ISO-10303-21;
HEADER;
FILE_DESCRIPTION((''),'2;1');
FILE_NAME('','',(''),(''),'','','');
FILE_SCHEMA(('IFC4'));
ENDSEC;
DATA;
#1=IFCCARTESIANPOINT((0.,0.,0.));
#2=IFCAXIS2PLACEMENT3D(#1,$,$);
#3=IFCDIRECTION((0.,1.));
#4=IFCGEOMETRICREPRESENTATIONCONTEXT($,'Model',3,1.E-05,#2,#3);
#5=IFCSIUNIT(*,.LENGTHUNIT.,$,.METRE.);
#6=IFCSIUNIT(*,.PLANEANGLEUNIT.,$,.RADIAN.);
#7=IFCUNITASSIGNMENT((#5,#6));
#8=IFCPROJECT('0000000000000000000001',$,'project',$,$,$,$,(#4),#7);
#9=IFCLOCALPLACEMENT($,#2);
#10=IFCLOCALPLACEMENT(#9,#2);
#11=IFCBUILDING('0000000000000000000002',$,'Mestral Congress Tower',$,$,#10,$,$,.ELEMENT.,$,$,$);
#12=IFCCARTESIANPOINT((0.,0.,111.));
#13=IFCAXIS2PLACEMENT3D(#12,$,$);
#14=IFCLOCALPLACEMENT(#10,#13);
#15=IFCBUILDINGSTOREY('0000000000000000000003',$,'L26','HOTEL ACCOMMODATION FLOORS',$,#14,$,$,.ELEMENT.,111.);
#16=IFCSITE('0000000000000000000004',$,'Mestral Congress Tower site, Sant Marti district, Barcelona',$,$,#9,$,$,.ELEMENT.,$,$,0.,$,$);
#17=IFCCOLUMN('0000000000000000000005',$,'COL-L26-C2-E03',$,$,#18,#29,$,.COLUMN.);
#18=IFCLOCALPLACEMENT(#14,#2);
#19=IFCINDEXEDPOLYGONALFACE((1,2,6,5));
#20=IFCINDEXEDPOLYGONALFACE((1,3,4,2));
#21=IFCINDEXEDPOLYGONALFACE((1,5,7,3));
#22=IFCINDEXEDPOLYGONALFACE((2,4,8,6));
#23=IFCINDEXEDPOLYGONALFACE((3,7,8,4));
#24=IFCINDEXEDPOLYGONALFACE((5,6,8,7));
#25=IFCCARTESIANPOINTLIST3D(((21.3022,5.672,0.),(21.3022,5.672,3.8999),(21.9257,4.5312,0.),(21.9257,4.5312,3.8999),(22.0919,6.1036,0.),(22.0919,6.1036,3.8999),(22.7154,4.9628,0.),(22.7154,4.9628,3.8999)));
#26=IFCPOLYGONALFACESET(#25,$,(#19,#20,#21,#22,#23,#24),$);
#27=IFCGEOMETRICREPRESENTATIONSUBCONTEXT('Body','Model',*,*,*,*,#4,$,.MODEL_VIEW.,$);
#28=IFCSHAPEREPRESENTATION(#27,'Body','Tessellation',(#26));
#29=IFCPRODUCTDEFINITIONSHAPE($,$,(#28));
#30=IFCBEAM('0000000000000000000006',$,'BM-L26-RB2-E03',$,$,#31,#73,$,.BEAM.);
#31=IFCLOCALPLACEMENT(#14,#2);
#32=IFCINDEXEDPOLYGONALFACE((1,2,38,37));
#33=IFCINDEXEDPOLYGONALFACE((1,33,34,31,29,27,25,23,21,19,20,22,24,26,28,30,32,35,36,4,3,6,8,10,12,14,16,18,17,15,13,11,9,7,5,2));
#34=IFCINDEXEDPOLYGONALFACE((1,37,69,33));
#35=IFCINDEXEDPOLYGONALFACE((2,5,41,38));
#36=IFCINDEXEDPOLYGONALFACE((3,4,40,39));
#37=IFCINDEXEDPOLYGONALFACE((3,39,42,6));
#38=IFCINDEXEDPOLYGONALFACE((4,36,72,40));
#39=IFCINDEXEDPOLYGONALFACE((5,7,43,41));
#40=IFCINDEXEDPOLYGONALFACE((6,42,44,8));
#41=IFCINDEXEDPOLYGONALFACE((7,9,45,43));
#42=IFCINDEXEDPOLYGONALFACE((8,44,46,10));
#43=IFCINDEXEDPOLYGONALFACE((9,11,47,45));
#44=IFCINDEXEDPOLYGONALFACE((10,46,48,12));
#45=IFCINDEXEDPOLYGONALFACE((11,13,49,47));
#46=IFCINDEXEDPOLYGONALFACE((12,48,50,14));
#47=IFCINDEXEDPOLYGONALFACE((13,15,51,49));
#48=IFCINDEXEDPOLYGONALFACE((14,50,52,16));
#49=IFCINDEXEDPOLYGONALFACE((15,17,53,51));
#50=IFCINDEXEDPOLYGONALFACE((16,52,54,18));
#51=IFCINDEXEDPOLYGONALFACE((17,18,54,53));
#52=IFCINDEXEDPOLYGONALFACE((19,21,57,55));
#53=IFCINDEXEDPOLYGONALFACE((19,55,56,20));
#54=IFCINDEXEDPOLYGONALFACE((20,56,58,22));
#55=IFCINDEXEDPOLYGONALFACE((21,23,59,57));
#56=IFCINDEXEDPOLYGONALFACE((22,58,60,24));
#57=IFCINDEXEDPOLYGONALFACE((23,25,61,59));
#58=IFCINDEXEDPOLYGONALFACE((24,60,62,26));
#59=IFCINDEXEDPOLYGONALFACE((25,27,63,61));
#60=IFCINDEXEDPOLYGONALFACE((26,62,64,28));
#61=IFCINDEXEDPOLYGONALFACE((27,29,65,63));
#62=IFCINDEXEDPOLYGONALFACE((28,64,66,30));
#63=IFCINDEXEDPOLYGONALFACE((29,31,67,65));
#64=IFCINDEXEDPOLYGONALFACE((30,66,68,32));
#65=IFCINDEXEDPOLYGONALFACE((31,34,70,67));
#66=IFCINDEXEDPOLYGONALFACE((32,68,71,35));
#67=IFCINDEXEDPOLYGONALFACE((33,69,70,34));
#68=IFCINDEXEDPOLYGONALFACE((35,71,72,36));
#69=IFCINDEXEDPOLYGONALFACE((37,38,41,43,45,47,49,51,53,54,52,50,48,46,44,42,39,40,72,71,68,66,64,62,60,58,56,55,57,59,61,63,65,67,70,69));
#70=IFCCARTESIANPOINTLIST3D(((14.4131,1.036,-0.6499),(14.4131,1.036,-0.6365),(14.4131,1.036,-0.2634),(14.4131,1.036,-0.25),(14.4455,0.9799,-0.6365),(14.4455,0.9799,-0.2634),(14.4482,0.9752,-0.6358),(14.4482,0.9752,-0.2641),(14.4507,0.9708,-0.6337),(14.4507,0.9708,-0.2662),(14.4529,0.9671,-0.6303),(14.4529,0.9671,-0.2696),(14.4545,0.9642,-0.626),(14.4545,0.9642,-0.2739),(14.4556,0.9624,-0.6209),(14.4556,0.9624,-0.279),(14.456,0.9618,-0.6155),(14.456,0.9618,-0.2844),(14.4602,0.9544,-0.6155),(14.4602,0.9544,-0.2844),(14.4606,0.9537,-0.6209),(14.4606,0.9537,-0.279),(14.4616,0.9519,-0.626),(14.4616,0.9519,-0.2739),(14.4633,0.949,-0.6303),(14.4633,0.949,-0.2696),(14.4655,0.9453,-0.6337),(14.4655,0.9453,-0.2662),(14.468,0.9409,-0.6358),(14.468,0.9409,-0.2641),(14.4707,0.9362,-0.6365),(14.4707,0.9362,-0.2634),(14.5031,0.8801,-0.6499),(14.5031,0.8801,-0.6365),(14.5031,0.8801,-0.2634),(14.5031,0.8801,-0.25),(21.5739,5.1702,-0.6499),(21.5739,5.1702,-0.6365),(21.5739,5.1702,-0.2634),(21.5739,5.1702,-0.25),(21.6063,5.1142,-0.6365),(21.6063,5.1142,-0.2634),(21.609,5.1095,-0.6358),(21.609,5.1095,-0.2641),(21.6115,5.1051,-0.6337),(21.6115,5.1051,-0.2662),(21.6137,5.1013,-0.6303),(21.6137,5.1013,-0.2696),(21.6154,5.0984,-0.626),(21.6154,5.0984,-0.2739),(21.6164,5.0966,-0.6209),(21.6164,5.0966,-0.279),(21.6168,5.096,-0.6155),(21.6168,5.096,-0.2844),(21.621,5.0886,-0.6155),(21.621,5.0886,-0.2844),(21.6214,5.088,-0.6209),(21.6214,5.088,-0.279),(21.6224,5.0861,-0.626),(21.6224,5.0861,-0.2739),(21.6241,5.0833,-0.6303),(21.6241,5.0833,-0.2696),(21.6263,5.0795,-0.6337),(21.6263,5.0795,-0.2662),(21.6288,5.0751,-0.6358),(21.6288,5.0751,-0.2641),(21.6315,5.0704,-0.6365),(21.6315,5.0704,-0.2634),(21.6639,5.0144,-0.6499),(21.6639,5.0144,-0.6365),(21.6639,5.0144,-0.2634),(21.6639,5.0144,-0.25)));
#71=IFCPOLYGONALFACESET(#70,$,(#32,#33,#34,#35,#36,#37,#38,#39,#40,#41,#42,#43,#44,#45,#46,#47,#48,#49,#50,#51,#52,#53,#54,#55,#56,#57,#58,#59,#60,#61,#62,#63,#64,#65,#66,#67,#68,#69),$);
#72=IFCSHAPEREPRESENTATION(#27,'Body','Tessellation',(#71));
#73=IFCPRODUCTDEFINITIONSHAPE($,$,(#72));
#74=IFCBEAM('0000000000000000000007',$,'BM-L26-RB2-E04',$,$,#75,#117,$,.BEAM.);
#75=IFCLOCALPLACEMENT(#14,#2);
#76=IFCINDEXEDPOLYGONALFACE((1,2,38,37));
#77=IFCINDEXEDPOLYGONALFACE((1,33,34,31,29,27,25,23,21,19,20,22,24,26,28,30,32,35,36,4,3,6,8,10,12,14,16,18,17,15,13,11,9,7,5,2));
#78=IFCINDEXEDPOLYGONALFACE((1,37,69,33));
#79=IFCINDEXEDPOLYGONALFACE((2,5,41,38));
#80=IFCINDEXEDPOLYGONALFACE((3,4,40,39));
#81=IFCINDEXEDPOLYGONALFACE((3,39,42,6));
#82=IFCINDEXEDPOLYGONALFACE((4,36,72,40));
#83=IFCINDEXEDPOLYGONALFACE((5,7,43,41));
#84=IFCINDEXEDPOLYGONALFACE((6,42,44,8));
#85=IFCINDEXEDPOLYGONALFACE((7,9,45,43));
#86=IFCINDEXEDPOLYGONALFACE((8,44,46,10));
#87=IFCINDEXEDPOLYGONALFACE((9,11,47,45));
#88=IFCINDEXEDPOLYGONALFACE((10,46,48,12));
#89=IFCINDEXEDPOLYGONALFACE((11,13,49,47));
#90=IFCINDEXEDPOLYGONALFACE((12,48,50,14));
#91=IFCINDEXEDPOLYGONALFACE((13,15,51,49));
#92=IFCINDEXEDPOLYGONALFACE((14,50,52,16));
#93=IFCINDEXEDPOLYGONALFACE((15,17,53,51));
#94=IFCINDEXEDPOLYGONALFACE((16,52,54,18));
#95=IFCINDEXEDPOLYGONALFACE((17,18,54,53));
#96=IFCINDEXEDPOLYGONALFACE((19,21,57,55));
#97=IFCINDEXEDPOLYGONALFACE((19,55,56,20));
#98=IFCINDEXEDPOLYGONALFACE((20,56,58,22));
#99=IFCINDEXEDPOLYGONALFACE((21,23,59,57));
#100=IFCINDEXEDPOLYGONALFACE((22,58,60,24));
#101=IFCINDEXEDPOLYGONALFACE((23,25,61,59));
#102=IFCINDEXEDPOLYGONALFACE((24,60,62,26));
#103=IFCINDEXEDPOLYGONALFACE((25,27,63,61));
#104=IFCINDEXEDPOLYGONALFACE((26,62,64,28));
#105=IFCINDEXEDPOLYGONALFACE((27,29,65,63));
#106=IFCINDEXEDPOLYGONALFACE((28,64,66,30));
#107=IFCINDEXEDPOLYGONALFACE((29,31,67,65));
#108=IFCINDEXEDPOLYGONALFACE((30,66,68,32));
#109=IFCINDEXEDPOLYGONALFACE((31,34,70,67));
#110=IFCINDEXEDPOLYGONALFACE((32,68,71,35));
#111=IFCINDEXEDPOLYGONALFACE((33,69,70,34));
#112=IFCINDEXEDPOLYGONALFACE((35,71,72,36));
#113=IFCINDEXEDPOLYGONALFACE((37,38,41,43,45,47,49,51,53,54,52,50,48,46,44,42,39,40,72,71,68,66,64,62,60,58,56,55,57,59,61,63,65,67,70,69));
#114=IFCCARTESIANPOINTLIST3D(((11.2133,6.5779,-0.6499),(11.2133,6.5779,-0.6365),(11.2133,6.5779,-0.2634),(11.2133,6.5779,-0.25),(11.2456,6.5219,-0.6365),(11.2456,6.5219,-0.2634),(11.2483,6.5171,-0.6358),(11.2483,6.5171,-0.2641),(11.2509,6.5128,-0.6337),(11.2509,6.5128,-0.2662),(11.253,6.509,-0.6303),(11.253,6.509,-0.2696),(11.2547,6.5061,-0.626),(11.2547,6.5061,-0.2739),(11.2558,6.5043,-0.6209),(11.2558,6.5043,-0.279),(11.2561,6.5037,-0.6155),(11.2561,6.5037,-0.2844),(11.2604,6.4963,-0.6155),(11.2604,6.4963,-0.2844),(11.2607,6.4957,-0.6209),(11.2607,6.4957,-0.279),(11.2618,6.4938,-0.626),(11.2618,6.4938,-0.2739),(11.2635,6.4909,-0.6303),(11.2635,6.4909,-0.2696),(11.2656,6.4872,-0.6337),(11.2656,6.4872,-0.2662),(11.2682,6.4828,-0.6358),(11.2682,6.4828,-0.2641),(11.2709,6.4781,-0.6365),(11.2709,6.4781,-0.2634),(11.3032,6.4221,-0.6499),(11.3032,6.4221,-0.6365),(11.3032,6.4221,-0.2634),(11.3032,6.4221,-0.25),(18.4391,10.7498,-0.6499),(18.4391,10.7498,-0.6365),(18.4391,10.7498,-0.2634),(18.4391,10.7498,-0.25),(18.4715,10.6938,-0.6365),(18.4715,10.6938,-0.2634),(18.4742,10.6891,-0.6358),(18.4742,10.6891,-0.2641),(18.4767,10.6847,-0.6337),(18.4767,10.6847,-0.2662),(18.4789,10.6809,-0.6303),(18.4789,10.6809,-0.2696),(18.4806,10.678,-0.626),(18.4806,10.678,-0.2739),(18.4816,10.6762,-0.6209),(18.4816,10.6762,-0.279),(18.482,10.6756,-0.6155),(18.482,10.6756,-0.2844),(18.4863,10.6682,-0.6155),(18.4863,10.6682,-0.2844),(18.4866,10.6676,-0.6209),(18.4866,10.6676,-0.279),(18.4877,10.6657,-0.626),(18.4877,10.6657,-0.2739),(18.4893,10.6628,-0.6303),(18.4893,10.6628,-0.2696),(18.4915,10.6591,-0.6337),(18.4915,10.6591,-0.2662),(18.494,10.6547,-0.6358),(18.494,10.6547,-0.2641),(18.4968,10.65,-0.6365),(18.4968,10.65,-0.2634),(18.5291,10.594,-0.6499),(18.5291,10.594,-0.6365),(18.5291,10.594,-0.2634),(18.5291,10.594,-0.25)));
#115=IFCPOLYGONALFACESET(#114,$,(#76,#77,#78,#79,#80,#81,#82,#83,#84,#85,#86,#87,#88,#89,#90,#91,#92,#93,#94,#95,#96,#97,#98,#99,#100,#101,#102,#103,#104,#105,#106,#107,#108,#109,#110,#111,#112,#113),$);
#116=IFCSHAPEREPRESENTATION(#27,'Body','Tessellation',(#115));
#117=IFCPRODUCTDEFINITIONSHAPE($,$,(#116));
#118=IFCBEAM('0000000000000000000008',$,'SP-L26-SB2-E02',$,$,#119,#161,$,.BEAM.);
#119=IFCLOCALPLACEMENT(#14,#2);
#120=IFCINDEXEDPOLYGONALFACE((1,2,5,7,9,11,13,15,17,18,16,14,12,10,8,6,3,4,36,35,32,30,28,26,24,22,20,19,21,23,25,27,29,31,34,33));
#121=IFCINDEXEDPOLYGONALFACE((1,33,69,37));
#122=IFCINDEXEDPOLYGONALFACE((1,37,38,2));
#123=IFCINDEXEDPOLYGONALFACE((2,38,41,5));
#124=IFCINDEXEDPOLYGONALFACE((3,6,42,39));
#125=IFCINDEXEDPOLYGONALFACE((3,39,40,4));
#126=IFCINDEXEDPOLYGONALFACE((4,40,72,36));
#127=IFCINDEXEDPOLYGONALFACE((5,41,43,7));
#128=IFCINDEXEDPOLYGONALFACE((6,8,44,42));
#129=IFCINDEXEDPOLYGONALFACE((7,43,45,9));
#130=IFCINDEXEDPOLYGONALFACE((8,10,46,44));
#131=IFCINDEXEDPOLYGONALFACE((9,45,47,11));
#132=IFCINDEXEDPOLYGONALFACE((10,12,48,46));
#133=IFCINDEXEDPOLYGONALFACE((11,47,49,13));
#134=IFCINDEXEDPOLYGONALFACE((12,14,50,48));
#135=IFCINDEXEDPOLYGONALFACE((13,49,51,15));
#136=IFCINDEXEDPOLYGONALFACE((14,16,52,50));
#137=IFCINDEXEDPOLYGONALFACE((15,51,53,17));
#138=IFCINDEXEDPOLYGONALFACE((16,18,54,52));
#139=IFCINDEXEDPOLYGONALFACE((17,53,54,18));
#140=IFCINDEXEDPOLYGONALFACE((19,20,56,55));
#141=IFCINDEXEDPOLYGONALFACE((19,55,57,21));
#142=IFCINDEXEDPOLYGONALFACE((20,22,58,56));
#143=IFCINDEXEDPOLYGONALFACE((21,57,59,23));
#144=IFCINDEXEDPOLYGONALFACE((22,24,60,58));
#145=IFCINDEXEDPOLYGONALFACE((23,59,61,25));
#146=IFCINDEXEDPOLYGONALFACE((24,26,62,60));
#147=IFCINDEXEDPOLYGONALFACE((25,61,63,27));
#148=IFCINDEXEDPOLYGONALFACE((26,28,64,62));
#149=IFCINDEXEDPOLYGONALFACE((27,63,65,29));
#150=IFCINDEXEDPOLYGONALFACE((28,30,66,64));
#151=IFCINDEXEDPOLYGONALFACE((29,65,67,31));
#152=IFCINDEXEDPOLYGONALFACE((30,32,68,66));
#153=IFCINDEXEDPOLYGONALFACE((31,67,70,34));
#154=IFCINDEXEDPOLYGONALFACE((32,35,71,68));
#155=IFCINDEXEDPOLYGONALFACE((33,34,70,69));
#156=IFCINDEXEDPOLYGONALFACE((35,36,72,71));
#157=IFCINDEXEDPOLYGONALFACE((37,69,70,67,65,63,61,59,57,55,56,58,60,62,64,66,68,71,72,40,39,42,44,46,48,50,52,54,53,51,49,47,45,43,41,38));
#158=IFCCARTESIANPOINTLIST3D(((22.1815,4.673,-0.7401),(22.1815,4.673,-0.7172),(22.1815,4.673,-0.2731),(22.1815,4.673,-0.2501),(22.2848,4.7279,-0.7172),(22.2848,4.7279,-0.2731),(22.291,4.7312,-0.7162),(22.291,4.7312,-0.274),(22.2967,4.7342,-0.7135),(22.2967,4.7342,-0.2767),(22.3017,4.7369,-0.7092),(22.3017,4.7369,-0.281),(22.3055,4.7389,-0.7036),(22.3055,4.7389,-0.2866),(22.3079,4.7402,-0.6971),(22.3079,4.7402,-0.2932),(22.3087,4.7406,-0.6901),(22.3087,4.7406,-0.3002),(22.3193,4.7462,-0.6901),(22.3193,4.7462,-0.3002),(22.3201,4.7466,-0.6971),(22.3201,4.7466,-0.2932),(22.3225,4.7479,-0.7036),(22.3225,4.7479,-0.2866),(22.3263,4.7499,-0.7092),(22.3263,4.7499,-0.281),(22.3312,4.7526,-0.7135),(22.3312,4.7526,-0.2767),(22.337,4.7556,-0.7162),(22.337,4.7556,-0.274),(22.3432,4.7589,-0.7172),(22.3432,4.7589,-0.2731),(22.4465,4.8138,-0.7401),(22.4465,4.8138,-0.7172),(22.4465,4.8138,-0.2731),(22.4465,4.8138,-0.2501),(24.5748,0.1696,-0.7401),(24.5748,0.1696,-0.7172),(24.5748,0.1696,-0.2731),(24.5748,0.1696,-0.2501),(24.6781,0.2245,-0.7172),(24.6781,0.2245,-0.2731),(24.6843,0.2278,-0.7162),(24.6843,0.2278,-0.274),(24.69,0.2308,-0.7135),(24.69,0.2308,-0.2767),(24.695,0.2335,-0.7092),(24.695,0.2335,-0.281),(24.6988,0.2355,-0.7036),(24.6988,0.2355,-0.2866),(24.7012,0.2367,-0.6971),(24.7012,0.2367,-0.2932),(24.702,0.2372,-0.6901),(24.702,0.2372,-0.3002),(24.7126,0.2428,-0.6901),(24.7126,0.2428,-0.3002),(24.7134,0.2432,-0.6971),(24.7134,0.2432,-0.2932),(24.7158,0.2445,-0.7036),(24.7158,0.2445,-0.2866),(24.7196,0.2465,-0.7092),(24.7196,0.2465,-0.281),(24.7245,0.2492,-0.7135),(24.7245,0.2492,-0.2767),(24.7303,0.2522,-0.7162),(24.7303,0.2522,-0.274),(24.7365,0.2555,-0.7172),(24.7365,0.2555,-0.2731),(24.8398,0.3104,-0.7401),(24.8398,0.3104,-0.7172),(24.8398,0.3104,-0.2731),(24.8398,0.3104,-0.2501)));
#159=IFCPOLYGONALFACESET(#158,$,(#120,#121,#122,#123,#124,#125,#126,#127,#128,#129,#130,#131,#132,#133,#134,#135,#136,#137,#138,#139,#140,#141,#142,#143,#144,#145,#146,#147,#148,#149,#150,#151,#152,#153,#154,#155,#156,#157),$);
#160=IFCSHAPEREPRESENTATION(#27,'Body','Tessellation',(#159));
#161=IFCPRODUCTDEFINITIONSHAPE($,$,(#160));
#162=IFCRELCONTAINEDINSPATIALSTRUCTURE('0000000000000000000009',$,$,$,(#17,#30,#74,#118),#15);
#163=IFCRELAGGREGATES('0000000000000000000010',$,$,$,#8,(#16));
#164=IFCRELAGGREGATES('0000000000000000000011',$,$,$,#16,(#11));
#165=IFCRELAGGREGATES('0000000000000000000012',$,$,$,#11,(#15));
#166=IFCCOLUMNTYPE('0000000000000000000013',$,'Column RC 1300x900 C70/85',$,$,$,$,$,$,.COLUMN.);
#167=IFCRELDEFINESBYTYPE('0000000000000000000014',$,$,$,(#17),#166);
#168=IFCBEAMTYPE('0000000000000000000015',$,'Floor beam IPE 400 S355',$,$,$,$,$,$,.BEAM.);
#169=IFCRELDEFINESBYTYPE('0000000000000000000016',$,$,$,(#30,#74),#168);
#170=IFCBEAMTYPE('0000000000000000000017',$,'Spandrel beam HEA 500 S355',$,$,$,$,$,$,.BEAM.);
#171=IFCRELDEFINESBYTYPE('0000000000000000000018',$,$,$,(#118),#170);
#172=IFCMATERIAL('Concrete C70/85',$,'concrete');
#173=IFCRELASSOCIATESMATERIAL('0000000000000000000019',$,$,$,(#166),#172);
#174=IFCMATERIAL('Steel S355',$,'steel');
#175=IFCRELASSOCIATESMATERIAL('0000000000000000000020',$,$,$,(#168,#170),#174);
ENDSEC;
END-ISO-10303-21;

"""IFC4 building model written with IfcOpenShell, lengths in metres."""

from ifc_helpers import new_model, si_unit, direction, frame, origin, origin_2d, place, context, subcontext, project, spatial, rectangle, i_section, extrude, material, material_profile, profile_set, type_object, element, save


model = new_model("IFC4")

# Units and contexts
model_context = context("Model", 3, precision=1e-05, world=origin(), true_north=direction((0.0, 1.0)))
body_context = subcontext(model_context, "Body", "Model", "MODEL_VIEW")
ifc_project = project(units=[si_unit("LENGTHUNIT", "METRE"), si_unit("PLANEANGLEUNIT", "RADIAN")], contexts=[model_context])

# Site, building, storey
site_placement = place(None, origin())
site = spatial("IfcSite", under=ifc_project, at=site_placement, Name="Mestral Congress Tower site, Sant Marti district, Barcelona", CompositionType="ELEMENT", RefElevation=0.0)
building_placement = place(site_placement, origin())
building = spatial("IfcBuilding", under=site, at=building_placement, Name="Mestral Congress Tower", CompositionType="ELEMENT")
storey_placement = place(building_placement, frame((0.0, 0.0, 111.0)))
storey = spatial("IfcBuildingStorey", under=building, at=storey_placement, Name="L26", Description="HOTEL ACCOMMODATION FLOORS", CompositionType="ELEMENT", Elevation=111.0)

# Column
ifc_material_1 = material(Name="Concrete C70/85", Category="concrete")
ifc_material_profile_1 = material_profile(ifc_material_1, rectangle(XDim=1.3, YDim=0.8999, at=origin_2d()), Name="RC 1300x900")
ifc_profile_set_1 = profile_set([ifc_material_profile_1], Name="Concrete C70/85")
column_type = type_object("IfcColumnType", Name="Column RC 1300x900 C70/85", PredefinedType="COLUMN", material=ifc_profile_set_1)
column_placement = place(storey_placement, frame((22.0088, 5.3174, 0.0), z_axis=(0.0, 0.0, 1.0), x_axis=(-0.479613, 0.87748, 0.0)))
element("IfcColumn", 1, at=column_placement, inside=storey, type_object=column_type, Name="COL-L26-C2-E03", PredefinedType="COLUMN", context=body_context, shape_type="SweptSolid", body=[
    extrude(rectangle(XDim=1.3, YDim=0.8999, at=origin_2d()), origin(), (0.0, 0.0, 1.0), 3.8999),
])

# Beams
ifc_material_2 = material(Name="Steel S355", Category="steel")
ifc_material_profile_2 = material_profile(ifc_material_2, i_section(OverallWidth=0.1799, OverallDepth=0.3999, WebThickness=0.0085, FlangeThickness=0.0134, FilletRadius=0.021, at=origin_2d()), Name="IPE 400")
ifc_profile_set_2 = profile_set([ifc_material_profile_2], Name="Steel S355")
beam_type_1 = type_object("IfcBeamType", Name="Floor beam IPE 400 S355", PredefinedType="BEAM", material=ifc_profile_set_2)
beam_1_placement = place(storey_placement, frame((21.6189, 5.0923, -0.45), z_axis=(-0.866029, -0.499994, 0.0), x_axis=(0.499994, -0.866029, 0.0)))
element("IfcBeam", 2, at=beam_1_placement, inside=storey, type_object=beam_type_1, Name="BM-L26-RB2-E03", PredefinedType="BEAM", context=body_context, shape_type="SweptSolid", body=[
    extrude(i_section(OverallWidth=0.1799, OverallDepth=0.3999, WebThickness=0.0085, FlangeThickness=0.0134, FilletRadius=0.021, at=origin_2d()), origin(), (0.0, 0.0, 1.0), 8.2686),
])
beam_2_placement = place(storey_placement, frame((18.4841, 10.6719, -0.45), z_axis=(-0.866023, -0.500004, 0.0), x_axis=(0.500004, -0.866023, 0.0)))
element("IfcBeam", 3, at=beam_2_placement, inside=storey, type_object=beam_type_1, Name="BM-L26-RB2-E04", PredefinedType="BEAM", context=body_context, shape_type="SweptSolid", body=[
    extrude(i_section(OverallWidth=0.1799, OverallDepth=0.3999, WebThickness=0.0085, FlangeThickness=0.0134, FilletRadius=0.021, at=origin_2d()), origin(), (0.0, 0.0, 1.0), 8.3438),
])
ifc_material_profile_3 = material_profile(ifc_material_2, i_section(OverallWidth=0.3, OverallDepth=0.49, WebThickness=0.012, FlangeThickness=0.0229, FilletRadius=0.0271, at=origin_2d()), Name="HEA 500")
ifc_profile_set_3 = profile_set([ifc_material_profile_3], Name="Steel S355")
beam_type_2 = type_object("IfcBeamType", Name="Spandrel beam HEA 500 S355", PredefinedType="BEAM", material=ifc_profile_set_3)
for number, where, z_axis, x_axis, name in (
    (4, (24.7073, 0.24, -0.4951), (-0.469288, 0.883045, 0.0), (-0.883045, -0.469288, 0.0), "SP-L26-SB2-E02"),
):
    element("IfcBeam", number, at=place(storey_placement, frame(where, z_axis=z_axis, x_axis=x_axis)), inside=storey, type_object=beam_type_2, Name=name, PredefinedType="BEAM", context=body_context, shape_type="SweptSolid", body=[
        extrude(i_section(OverallWidth=0.3, OverallDepth=0.49, WebThickness=0.012, FlangeThickness=0.0229, FilletRadius=0.0271, at=origin_2d()), origin(), (0.0, 0.0, 1.0), 5.0999),
    ])

save(model, "model.ifc")
